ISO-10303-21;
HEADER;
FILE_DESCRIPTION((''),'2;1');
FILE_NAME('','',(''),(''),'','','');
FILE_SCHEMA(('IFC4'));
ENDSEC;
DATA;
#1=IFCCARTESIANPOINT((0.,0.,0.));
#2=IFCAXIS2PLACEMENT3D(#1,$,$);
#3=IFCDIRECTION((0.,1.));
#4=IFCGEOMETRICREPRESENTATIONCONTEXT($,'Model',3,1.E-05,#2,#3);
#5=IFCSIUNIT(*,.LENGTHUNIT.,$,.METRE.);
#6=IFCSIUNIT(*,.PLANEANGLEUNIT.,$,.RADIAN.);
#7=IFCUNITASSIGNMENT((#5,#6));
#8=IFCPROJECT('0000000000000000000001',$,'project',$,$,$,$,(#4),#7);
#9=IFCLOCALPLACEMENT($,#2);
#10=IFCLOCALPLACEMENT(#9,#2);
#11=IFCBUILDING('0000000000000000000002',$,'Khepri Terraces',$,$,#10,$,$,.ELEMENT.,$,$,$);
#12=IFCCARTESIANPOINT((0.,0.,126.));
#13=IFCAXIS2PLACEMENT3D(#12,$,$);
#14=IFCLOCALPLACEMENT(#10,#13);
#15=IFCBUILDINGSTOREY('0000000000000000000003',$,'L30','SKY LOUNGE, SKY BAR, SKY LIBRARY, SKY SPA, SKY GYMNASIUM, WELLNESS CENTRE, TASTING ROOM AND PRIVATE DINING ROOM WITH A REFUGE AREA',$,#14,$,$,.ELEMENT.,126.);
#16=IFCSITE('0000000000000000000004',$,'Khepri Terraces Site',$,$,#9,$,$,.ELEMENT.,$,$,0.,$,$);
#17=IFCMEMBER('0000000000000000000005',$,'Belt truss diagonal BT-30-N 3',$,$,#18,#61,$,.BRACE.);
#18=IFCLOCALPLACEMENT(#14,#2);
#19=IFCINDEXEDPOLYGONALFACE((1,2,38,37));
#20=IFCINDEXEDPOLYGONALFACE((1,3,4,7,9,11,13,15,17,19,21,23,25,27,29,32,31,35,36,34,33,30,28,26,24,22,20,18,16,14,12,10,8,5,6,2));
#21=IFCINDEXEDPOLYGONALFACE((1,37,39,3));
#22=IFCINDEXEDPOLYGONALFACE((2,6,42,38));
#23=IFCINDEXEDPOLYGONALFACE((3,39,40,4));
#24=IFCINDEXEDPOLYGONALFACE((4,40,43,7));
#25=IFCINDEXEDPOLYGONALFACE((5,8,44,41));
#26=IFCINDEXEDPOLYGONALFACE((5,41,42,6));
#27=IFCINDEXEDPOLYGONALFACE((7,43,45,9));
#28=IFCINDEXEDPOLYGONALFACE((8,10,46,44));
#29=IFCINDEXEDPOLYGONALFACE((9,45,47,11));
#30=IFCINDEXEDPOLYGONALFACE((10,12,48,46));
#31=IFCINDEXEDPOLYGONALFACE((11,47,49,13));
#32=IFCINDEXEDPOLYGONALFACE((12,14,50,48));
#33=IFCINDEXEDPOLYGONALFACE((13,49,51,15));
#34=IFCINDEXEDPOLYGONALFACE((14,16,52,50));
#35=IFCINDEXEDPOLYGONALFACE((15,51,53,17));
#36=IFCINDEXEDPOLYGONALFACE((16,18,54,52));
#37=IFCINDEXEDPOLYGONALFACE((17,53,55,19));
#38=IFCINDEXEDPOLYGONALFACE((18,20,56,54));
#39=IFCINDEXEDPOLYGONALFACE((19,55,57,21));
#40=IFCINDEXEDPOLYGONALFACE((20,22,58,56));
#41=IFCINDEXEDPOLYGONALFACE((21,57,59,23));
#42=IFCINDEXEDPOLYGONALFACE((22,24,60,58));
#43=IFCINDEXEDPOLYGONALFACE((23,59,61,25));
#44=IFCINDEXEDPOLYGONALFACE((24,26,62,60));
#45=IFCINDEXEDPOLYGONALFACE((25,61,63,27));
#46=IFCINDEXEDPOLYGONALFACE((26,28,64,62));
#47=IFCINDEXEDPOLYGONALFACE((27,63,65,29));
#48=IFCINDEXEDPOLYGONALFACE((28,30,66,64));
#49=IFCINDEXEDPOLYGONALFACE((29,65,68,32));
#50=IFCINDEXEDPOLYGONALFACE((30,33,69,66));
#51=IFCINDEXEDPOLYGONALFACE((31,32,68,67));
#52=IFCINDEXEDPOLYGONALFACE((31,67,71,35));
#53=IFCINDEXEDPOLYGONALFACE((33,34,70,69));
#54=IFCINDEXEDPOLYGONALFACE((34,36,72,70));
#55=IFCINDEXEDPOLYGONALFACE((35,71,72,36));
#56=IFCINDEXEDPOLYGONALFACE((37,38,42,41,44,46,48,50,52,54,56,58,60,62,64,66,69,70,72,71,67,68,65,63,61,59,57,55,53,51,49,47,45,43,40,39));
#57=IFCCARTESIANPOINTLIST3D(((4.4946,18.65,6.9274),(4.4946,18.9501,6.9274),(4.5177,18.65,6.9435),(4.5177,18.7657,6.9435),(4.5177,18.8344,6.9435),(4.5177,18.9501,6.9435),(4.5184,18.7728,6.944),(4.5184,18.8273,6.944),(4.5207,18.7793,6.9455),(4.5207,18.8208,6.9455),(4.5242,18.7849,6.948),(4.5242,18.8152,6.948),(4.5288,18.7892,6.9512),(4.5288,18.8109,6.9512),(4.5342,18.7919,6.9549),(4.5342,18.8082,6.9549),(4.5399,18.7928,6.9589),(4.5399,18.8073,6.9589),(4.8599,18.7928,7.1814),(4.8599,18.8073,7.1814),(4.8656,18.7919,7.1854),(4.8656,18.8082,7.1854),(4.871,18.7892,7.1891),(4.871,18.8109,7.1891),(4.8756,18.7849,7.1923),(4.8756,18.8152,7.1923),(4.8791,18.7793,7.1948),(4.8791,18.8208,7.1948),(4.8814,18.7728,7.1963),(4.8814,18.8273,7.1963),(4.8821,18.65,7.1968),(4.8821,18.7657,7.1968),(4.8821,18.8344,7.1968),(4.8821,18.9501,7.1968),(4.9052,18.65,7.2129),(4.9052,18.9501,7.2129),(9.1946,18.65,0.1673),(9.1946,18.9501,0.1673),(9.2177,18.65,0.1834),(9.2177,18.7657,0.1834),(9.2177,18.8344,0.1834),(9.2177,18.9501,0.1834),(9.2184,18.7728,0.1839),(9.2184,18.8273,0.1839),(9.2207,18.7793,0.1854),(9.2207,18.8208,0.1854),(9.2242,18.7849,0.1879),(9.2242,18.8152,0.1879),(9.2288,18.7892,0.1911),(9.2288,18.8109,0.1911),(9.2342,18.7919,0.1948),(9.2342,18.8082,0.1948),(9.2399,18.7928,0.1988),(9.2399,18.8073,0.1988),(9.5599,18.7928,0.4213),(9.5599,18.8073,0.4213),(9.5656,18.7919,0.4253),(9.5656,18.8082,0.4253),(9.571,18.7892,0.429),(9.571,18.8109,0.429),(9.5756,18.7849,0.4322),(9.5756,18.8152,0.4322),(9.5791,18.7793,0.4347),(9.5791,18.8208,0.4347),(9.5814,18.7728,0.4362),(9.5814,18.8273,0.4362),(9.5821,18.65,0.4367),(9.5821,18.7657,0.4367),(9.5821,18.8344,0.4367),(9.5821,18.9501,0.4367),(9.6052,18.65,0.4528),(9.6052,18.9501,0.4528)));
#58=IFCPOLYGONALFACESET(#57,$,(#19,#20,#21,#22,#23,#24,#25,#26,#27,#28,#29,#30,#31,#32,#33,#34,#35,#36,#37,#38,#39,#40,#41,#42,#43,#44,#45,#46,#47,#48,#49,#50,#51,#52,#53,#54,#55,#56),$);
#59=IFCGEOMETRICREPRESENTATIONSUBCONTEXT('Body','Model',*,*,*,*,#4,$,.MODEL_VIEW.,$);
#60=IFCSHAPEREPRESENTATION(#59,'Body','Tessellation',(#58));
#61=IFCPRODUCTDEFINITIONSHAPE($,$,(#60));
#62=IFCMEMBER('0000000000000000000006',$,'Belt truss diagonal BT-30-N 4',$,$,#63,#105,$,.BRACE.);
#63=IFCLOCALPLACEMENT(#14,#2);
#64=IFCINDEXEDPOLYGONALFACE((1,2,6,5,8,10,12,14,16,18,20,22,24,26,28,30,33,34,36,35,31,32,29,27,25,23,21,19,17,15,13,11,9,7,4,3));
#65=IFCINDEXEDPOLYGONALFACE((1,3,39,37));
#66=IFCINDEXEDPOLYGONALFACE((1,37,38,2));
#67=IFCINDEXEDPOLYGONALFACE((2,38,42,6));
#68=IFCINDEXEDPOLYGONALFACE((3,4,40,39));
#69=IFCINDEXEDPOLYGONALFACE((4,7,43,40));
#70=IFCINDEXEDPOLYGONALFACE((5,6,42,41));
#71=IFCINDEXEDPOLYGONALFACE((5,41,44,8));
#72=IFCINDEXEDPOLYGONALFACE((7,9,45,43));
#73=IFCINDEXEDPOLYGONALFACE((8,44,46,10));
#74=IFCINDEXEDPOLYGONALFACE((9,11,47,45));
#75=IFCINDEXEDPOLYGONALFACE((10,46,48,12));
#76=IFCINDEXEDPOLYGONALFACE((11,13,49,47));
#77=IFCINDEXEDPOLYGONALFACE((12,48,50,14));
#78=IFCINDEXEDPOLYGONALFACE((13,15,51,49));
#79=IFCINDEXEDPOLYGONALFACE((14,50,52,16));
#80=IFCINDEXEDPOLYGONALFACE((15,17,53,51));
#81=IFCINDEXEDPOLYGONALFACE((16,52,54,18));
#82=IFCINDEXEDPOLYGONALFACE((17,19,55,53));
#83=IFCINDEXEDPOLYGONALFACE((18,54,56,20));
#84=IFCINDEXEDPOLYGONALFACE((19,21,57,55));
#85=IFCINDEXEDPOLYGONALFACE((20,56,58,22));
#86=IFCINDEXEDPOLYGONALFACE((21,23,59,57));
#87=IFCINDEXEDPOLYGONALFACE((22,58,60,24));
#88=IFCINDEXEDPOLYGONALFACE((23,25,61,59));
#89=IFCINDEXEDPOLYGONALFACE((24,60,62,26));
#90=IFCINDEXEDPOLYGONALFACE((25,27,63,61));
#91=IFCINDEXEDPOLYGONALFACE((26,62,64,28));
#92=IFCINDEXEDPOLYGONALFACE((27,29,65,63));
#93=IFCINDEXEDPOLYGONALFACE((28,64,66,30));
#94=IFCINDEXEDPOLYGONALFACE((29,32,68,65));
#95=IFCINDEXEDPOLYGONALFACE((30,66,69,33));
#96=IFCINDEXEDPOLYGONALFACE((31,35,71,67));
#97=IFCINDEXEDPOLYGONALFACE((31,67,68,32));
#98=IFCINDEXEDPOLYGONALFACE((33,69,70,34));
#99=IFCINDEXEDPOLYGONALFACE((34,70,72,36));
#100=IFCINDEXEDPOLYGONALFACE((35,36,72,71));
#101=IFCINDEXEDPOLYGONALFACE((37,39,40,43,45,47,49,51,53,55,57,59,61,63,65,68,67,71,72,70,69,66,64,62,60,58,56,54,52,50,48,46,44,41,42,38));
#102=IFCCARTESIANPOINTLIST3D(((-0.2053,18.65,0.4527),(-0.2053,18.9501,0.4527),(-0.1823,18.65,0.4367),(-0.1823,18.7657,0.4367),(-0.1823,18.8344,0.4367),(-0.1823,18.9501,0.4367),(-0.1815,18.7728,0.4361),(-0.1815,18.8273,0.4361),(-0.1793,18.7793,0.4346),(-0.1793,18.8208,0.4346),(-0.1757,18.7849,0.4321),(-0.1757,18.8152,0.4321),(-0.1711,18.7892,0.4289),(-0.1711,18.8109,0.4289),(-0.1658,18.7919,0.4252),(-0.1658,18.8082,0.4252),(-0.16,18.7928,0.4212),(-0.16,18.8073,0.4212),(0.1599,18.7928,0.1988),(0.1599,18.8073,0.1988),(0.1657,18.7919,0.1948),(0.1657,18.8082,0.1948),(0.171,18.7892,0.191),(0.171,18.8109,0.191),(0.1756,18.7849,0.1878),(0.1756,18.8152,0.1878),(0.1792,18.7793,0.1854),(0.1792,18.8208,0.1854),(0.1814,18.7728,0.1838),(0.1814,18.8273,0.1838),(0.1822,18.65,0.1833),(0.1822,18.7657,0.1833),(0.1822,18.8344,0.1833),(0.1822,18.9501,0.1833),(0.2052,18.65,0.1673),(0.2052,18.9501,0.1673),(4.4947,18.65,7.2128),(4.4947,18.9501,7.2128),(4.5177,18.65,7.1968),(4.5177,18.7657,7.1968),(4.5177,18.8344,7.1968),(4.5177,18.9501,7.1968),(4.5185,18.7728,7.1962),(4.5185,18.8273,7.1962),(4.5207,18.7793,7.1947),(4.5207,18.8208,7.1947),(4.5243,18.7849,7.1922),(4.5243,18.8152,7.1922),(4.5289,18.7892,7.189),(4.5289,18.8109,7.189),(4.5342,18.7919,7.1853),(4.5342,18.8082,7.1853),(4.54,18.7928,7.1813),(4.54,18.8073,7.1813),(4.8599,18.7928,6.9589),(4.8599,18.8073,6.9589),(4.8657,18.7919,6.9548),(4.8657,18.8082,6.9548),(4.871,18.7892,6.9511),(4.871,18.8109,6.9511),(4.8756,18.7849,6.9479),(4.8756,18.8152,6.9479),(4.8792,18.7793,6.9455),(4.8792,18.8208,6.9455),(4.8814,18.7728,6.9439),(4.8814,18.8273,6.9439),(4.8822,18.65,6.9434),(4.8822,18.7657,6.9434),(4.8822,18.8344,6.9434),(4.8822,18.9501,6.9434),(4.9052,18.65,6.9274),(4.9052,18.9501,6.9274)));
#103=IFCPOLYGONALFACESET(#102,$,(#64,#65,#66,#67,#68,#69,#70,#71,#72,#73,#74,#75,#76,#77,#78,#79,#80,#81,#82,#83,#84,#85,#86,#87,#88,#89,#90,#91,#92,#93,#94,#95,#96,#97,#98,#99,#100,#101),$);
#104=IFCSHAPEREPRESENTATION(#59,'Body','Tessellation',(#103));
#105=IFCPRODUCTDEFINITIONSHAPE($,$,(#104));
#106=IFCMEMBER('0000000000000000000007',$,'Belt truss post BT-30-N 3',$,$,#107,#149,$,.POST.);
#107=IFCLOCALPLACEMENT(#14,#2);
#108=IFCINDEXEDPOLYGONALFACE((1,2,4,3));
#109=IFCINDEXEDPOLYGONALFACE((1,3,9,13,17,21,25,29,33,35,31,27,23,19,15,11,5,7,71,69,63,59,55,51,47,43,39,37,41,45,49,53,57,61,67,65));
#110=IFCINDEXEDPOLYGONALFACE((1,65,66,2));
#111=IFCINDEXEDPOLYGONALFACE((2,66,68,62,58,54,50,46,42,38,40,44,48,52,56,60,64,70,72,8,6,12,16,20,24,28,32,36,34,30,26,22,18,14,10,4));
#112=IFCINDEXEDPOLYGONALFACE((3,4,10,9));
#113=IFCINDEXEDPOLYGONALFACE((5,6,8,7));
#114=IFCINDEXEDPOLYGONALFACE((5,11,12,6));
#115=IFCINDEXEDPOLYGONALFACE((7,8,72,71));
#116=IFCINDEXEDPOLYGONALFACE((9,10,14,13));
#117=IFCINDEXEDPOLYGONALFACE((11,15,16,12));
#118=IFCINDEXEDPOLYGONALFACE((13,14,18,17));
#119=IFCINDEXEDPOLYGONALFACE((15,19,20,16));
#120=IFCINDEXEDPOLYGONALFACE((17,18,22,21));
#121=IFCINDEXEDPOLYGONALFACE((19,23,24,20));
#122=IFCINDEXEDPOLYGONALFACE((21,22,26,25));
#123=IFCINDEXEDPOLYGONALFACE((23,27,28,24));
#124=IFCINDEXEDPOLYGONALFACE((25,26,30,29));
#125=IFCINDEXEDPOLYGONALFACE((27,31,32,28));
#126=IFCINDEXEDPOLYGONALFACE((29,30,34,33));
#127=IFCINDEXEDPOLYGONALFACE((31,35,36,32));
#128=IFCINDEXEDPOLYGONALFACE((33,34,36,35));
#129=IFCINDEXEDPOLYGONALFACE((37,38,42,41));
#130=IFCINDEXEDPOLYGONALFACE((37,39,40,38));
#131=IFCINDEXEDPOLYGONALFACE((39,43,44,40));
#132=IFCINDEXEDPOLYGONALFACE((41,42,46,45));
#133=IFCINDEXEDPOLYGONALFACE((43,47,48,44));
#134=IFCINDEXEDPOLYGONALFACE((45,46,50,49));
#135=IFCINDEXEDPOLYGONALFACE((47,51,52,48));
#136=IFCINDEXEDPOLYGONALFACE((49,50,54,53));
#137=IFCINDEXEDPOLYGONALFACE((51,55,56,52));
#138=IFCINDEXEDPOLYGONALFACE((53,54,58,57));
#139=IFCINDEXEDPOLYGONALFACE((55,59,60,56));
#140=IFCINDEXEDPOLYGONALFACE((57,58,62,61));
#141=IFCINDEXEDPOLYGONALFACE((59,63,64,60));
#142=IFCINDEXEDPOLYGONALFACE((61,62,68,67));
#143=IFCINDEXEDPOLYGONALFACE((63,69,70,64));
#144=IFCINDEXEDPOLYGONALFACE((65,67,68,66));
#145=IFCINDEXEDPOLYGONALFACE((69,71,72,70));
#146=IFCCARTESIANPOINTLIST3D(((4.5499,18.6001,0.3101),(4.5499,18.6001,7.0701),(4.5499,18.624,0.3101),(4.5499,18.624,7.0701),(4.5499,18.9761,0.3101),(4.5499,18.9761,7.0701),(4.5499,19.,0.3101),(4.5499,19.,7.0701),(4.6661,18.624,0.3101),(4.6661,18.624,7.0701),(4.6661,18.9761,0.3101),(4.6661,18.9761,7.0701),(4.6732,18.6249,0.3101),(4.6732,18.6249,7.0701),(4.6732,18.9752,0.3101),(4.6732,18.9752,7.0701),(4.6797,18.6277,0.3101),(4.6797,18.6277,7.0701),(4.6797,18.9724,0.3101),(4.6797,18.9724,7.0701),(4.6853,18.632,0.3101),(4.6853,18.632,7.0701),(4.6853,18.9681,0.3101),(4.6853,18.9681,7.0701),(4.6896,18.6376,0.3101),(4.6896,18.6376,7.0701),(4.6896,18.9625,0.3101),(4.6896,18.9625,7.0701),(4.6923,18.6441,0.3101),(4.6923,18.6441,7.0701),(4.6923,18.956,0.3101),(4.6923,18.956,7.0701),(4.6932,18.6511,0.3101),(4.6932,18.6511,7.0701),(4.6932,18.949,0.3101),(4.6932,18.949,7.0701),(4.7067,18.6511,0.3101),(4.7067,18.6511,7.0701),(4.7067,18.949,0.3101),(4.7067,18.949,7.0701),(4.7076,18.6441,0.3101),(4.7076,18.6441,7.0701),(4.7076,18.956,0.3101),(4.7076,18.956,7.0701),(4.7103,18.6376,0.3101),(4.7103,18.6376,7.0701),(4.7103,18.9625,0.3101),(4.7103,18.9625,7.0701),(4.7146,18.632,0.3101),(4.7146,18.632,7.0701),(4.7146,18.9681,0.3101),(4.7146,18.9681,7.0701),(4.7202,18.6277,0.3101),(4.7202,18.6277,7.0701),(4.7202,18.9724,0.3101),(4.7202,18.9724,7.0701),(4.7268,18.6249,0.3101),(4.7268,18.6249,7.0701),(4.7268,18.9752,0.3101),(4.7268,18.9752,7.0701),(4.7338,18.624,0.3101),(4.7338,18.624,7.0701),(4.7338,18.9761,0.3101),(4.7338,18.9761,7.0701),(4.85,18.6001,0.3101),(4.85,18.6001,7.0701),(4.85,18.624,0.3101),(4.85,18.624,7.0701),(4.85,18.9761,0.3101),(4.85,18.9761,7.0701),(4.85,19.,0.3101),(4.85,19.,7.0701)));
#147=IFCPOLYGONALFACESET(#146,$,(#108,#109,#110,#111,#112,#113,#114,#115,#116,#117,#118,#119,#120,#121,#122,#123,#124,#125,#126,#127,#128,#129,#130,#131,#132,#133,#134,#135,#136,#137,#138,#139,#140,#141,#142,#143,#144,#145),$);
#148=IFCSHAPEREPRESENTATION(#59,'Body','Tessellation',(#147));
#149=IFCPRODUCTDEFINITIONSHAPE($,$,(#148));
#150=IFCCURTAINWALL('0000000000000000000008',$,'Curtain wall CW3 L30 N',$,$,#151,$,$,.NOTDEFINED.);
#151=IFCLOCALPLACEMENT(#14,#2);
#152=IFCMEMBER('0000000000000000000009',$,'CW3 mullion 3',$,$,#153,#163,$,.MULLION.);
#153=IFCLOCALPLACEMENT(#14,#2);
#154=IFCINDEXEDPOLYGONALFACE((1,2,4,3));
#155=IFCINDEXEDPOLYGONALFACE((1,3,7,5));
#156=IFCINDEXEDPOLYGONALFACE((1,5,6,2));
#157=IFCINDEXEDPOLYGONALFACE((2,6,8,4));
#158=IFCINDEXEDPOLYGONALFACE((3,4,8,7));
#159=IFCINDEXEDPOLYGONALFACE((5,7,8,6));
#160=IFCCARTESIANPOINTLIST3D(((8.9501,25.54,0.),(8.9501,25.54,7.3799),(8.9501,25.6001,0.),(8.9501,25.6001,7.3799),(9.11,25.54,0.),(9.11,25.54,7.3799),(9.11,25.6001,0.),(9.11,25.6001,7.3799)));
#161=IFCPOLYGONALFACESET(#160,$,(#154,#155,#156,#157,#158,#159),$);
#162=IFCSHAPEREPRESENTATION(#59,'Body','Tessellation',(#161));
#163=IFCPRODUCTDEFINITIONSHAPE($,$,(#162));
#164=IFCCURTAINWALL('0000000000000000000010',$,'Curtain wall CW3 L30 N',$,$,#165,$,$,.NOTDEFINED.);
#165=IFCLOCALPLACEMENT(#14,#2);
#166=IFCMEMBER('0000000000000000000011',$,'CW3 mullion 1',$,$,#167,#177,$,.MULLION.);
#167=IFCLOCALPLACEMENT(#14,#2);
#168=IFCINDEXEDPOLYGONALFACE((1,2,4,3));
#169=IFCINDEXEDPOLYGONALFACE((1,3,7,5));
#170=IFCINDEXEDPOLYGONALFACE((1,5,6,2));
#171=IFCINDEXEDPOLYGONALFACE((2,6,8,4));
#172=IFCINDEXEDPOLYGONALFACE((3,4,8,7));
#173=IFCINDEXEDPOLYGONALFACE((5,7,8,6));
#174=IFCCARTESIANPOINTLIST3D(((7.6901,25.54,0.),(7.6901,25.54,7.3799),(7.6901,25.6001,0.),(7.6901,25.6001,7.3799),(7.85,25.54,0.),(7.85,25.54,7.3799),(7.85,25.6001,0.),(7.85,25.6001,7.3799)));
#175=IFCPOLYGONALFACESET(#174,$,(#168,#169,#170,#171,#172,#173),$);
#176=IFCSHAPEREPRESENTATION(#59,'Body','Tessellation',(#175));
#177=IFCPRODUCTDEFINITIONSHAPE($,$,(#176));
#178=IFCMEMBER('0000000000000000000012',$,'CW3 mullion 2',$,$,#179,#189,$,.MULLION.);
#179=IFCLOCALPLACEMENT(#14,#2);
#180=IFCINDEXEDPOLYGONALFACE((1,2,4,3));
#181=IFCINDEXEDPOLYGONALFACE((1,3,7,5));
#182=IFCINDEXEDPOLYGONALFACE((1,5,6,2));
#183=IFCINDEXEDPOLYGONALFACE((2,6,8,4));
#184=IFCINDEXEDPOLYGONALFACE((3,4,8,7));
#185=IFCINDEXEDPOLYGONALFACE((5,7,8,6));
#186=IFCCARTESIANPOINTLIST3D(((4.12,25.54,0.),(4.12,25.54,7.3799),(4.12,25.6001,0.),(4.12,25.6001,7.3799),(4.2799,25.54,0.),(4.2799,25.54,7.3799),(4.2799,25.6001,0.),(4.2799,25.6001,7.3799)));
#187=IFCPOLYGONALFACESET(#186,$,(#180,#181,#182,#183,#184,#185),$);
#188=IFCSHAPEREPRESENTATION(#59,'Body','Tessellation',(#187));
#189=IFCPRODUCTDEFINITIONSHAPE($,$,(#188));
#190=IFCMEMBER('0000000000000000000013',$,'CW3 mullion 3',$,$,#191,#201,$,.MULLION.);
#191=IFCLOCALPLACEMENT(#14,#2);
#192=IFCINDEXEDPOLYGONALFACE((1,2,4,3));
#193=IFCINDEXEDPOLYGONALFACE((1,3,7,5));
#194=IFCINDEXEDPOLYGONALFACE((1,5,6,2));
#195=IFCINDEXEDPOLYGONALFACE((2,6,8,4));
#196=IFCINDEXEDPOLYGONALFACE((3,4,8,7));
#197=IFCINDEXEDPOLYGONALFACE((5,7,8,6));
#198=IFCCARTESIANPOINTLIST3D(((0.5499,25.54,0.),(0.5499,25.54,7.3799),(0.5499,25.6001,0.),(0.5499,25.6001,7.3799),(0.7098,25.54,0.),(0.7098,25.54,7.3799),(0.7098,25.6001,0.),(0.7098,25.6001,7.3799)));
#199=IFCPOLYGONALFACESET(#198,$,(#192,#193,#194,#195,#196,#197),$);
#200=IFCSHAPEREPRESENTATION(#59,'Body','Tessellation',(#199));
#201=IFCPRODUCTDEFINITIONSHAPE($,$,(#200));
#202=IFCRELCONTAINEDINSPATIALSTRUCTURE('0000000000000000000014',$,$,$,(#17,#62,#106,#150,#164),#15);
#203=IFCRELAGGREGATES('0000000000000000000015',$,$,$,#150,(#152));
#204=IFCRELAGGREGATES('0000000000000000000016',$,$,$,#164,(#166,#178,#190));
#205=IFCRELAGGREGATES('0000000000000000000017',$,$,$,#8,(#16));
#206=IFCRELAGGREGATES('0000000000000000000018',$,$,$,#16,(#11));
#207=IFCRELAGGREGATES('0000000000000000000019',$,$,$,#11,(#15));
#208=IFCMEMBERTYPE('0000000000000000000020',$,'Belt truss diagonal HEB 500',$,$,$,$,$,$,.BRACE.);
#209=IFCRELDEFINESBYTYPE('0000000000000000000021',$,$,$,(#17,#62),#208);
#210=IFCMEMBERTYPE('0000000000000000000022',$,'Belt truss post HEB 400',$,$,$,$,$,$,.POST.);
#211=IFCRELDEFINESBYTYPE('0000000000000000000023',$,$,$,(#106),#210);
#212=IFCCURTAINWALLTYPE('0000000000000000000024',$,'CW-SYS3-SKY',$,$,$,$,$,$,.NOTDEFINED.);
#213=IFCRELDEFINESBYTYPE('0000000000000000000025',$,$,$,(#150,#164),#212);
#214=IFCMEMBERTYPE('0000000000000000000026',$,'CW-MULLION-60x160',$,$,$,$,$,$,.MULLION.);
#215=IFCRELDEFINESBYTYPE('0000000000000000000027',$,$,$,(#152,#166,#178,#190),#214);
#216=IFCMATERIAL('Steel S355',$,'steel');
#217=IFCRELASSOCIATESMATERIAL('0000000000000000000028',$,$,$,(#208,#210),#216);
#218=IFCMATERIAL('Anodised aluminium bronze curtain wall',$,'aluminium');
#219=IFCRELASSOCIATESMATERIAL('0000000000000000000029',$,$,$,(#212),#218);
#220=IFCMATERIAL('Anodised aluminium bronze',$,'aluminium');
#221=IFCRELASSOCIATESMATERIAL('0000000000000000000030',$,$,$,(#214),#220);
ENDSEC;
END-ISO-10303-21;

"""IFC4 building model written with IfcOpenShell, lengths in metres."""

from ifc_helpers import new_model, si_unit, direction, frame, origin, origin_2d, place, context, subcontext, project, spatial, rectangle, i_section, extrude, material, material_profile, profile_set, type_object, element, aggregate, save


model = new_model("IFC4")

# Units and contexts
model_context = context("Model", 3, precision=1e-05, world=origin(), true_north=direction((0.0, 1.0)))
body_context = subcontext(model_context, "Body", "Model", "MODEL_VIEW")
ifc_project = project(units=[si_unit("LENGTHUNIT", "METRE"), si_unit("PLANEANGLEUNIT", "RADIAN")], contexts=[model_context])

# Site, building, storey
site_placement = place(None, origin())
site = spatial("IfcSite", under=ifc_project, at=site_placement, Name="Khepri Terraces Site", CompositionType="ELEMENT", RefElevation=0.0)
building_placement = place(site_placement, origin())
building = spatial("IfcBuilding", under=site, at=building_placement, Name="Khepri Terraces", CompositionType="ELEMENT")
storey_placement = place(building_placement, frame((0.0, 0.0, 126.0)))
storey = spatial("IfcBuildingStorey", under=building, at=storey_placement, Name="L30", Description="SKY LOUNGE, SKY BAR, SKY LIBRARY, SKY SPA, SKY GYMNASIUM, WELLNESS CENTRE, TASTING ROOM AND PRIVATE DINING ROOM WITH A REFUGE AREA", CompositionType="ELEMENT", Elevation=126.0)

# Members
ifc_material_1 = material(Name="Steel S355", Category="steel")
ifc_material_profile_1 = material_profile(ifc_material_1, i_section(OverallWidth=0.3, OverallDepth=0.5, WebThickness=0.0144, FlangeThickness=0.0281, FilletRadius=0.0271, at=origin_2d()), Name="Steel S355", Category="steel")
ifc_profile_set_1 = profile_set([ifc_material_profile_1], Name="Steel S355")
member_type_1 = type_object("IfcMemberType", Name="Belt truss diagonal HEB 500", PredefinedType="BRACE", material=ifc_profile_set_1)
for number, where, z_axis, x_axis, name in (
    (1, (9.3999, 18.8, 0.3101), (-0.570846, 0.0, 0.821057), (0.0, -1.0, 0.0), "Belt truss diagonal BT-30-N 3"),
    (2, (4.7, 18.8, 7.0701), (-0.570846, 0.0, -0.821057), (0.0, -1.0, 0.0), "Belt truss diagonal BT-30-N 4"),
):
    element("IfcMember", number, at=place(storey_placement, frame(where, z_axis=z_axis, x_axis=x_axis)), inside=storey, type_object=member_type_1, Name=name, PredefinedType="BRACE", context=body_context, shape_type="SweptSolid", body=[
        extrude(i_section(OverallWidth=0.3, OverallDepth=0.5, WebThickness=0.0144, FlangeThickness=0.0281, FilletRadius=0.0271, at=origin_2d()), origin(), (0.0, 0.0, 1.0), 8.2334),
    ])
ifc_material_profile_2 = material_profile(ifc_material_1, i_section(OverallWidth=0.3, OverallDepth=0.3999, WebThickness=0.0134, FlangeThickness=0.0239, FilletRadius=0.0271, at=origin_2d()), Name="Steel S355", Category="steel")
ifc_profile_set_2 = profile_set([ifc_material_profile_2], Name="Steel S355")
member_type_2 = type_object("IfcMemberType", Name="Belt truss post HEB 400", PredefinedType="POST", material=ifc_profile_set_2)
member_1_placement = place(storey_placement, frame((4.7, 18.8, 0.3101), z_axis=(0.0, 0.0, 1.0), x_axis=(1.0, 0.0, 0.0)))
element("IfcMember", 3, at=member_1_placement, inside=storey, type_object=member_type_2, Name="Belt truss post BT-30-N 3", PredefinedType="POST", context=body_context, shape_type="SweptSolid", body=[
    extrude(i_section(OverallWidth=0.3, OverallDepth=0.3999, WebThickness=0.0134, FlangeThickness=0.0239, FilletRadius=0.0271, at=origin_2d()), origin(), (0.0, 0.0, 1.0), 6.76),
])

# Curtain wall, member
ifc_material_2 = material(Name="Anodised aluminium bronze curtain wall", Category="aluminium")
curtain_wall_type = type_object("IfcCurtainWallType", Name="CW-SYS3-SKY", PredefinedType="NOTDEFINED", material=ifc_material_2)
curtain_wall_1_placement = place(storey_placement, origin())
curtain_wall_1 = element("IfcCurtainWall", 4, at=curtain_wall_1_placement, inside=storey, type_object=curtain_wall_type, Name="Curtain wall CW3 L30 N", PredefinedType="NOTDEFINED")
ifc_material_3 = material(Name="Anodised aluminium bronze", Category="aluminium")
ifc_material_profile_3 = material_profile(ifc_material_3, rectangle(XDim=0.0601, YDim=0.1599, at=origin_2d()), Name="Anodised aluminium bronze", Category="aluminium")
ifc_profile_set_3 = profile_set([ifc_material_profile_3], Name="Anodised aluminium bronze")
member_type_3 = type_object("IfcMemberType", Name="CW-MULLION-60x160", PredefinedType="MULLION", material=ifc_profile_set_3)
member_2_placement = place(storey_placement, frame((9.03, 25.5701, 0.0), z_axis=(0.0, 0.0, 1.0), x_axis=(0.0, -1.0, 0.0)))
member_2 = element("IfcMember", 5, at=member_2_placement, type_object=member_type_3, Name="CW3 mullion 3", PredefinedType="MULLION", context=body_context, shape_type="SweptSolid", body=[
    extrude(rectangle(XDim=0.0601, YDim=0.1599, at=origin_2d()), origin(), (0.0, 0.0, 1.0), 7.3799),
])
aggregate(curtain_wall_1, [member_2])

# Curtain wall, members
curtain_wall_2_placement = place(storey_placement, origin())
curtain_wall_2 = element("IfcCurtainWall", 6, at=curtain_wall_2_placement, inside=storey, type_object=curtain_wall_type, Name="Curtain wall CW3 L30 N", PredefinedType="NOTDEFINED")
member_3_placement = place(storey_placement, frame((7.77, 25.5701, 0.0), z_axis=(0.0, 0.0, 1.0), x_axis=(0.0, -1.0, 0.0)))
member_3 = element("IfcMember", 7, at=member_3_placement, type_object=member_type_3, Name="CW3 mullion 1", PredefinedType="MULLION", context=body_context, shape_type="SweptSolid", body=[
    extrude(rectangle(XDim=0.0601, YDim=0.1599, at=origin_2d()), origin(), (0.0, 0.0, 1.0), 7.3799),
])
member_4_placement = place(storey_placement, frame((4.2, 25.5701, 0.0), z_axis=(0.0, 0.0, 1.0), x_axis=(0.0, -1.0, 0.0)))
member_4 = element("IfcMember", 8, at=member_4_placement, type_object=member_type_3, Name="CW3 mullion 2", PredefinedType="MULLION", context=body_context, shape_type="SweptSolid", body=[
    extrude(rectangle(XDim=0.0601, YDim=0.1599, at=origin_2d()), origin(), (0.0, 0.0, 1.0), 7.3799),
])
member_5_placement = place(storey_placement, frame((0.6299, 25.5701, 0.0), z_axis=(0.0, 0.0, 1.0), x_axis=(0.0, -1.0, 0.0)))
member_5 = element("IfcMember", 9, at=member_5_placement, type_object=member_type_3, Name="CW3 mullion 3", PredefinedType="MULLION", context=body_context, shape_type="SweptSolid", body=[
    extrude(rectangle(XDim=0.0601, YDim=0.1599, at=origin_2d()), origin(), (0.0, 0.0, 1.0), 7.3799),
])
aggregate(curtain_wall_2, [member_3, member_4, member_5])

save(model, "model.ifc")
